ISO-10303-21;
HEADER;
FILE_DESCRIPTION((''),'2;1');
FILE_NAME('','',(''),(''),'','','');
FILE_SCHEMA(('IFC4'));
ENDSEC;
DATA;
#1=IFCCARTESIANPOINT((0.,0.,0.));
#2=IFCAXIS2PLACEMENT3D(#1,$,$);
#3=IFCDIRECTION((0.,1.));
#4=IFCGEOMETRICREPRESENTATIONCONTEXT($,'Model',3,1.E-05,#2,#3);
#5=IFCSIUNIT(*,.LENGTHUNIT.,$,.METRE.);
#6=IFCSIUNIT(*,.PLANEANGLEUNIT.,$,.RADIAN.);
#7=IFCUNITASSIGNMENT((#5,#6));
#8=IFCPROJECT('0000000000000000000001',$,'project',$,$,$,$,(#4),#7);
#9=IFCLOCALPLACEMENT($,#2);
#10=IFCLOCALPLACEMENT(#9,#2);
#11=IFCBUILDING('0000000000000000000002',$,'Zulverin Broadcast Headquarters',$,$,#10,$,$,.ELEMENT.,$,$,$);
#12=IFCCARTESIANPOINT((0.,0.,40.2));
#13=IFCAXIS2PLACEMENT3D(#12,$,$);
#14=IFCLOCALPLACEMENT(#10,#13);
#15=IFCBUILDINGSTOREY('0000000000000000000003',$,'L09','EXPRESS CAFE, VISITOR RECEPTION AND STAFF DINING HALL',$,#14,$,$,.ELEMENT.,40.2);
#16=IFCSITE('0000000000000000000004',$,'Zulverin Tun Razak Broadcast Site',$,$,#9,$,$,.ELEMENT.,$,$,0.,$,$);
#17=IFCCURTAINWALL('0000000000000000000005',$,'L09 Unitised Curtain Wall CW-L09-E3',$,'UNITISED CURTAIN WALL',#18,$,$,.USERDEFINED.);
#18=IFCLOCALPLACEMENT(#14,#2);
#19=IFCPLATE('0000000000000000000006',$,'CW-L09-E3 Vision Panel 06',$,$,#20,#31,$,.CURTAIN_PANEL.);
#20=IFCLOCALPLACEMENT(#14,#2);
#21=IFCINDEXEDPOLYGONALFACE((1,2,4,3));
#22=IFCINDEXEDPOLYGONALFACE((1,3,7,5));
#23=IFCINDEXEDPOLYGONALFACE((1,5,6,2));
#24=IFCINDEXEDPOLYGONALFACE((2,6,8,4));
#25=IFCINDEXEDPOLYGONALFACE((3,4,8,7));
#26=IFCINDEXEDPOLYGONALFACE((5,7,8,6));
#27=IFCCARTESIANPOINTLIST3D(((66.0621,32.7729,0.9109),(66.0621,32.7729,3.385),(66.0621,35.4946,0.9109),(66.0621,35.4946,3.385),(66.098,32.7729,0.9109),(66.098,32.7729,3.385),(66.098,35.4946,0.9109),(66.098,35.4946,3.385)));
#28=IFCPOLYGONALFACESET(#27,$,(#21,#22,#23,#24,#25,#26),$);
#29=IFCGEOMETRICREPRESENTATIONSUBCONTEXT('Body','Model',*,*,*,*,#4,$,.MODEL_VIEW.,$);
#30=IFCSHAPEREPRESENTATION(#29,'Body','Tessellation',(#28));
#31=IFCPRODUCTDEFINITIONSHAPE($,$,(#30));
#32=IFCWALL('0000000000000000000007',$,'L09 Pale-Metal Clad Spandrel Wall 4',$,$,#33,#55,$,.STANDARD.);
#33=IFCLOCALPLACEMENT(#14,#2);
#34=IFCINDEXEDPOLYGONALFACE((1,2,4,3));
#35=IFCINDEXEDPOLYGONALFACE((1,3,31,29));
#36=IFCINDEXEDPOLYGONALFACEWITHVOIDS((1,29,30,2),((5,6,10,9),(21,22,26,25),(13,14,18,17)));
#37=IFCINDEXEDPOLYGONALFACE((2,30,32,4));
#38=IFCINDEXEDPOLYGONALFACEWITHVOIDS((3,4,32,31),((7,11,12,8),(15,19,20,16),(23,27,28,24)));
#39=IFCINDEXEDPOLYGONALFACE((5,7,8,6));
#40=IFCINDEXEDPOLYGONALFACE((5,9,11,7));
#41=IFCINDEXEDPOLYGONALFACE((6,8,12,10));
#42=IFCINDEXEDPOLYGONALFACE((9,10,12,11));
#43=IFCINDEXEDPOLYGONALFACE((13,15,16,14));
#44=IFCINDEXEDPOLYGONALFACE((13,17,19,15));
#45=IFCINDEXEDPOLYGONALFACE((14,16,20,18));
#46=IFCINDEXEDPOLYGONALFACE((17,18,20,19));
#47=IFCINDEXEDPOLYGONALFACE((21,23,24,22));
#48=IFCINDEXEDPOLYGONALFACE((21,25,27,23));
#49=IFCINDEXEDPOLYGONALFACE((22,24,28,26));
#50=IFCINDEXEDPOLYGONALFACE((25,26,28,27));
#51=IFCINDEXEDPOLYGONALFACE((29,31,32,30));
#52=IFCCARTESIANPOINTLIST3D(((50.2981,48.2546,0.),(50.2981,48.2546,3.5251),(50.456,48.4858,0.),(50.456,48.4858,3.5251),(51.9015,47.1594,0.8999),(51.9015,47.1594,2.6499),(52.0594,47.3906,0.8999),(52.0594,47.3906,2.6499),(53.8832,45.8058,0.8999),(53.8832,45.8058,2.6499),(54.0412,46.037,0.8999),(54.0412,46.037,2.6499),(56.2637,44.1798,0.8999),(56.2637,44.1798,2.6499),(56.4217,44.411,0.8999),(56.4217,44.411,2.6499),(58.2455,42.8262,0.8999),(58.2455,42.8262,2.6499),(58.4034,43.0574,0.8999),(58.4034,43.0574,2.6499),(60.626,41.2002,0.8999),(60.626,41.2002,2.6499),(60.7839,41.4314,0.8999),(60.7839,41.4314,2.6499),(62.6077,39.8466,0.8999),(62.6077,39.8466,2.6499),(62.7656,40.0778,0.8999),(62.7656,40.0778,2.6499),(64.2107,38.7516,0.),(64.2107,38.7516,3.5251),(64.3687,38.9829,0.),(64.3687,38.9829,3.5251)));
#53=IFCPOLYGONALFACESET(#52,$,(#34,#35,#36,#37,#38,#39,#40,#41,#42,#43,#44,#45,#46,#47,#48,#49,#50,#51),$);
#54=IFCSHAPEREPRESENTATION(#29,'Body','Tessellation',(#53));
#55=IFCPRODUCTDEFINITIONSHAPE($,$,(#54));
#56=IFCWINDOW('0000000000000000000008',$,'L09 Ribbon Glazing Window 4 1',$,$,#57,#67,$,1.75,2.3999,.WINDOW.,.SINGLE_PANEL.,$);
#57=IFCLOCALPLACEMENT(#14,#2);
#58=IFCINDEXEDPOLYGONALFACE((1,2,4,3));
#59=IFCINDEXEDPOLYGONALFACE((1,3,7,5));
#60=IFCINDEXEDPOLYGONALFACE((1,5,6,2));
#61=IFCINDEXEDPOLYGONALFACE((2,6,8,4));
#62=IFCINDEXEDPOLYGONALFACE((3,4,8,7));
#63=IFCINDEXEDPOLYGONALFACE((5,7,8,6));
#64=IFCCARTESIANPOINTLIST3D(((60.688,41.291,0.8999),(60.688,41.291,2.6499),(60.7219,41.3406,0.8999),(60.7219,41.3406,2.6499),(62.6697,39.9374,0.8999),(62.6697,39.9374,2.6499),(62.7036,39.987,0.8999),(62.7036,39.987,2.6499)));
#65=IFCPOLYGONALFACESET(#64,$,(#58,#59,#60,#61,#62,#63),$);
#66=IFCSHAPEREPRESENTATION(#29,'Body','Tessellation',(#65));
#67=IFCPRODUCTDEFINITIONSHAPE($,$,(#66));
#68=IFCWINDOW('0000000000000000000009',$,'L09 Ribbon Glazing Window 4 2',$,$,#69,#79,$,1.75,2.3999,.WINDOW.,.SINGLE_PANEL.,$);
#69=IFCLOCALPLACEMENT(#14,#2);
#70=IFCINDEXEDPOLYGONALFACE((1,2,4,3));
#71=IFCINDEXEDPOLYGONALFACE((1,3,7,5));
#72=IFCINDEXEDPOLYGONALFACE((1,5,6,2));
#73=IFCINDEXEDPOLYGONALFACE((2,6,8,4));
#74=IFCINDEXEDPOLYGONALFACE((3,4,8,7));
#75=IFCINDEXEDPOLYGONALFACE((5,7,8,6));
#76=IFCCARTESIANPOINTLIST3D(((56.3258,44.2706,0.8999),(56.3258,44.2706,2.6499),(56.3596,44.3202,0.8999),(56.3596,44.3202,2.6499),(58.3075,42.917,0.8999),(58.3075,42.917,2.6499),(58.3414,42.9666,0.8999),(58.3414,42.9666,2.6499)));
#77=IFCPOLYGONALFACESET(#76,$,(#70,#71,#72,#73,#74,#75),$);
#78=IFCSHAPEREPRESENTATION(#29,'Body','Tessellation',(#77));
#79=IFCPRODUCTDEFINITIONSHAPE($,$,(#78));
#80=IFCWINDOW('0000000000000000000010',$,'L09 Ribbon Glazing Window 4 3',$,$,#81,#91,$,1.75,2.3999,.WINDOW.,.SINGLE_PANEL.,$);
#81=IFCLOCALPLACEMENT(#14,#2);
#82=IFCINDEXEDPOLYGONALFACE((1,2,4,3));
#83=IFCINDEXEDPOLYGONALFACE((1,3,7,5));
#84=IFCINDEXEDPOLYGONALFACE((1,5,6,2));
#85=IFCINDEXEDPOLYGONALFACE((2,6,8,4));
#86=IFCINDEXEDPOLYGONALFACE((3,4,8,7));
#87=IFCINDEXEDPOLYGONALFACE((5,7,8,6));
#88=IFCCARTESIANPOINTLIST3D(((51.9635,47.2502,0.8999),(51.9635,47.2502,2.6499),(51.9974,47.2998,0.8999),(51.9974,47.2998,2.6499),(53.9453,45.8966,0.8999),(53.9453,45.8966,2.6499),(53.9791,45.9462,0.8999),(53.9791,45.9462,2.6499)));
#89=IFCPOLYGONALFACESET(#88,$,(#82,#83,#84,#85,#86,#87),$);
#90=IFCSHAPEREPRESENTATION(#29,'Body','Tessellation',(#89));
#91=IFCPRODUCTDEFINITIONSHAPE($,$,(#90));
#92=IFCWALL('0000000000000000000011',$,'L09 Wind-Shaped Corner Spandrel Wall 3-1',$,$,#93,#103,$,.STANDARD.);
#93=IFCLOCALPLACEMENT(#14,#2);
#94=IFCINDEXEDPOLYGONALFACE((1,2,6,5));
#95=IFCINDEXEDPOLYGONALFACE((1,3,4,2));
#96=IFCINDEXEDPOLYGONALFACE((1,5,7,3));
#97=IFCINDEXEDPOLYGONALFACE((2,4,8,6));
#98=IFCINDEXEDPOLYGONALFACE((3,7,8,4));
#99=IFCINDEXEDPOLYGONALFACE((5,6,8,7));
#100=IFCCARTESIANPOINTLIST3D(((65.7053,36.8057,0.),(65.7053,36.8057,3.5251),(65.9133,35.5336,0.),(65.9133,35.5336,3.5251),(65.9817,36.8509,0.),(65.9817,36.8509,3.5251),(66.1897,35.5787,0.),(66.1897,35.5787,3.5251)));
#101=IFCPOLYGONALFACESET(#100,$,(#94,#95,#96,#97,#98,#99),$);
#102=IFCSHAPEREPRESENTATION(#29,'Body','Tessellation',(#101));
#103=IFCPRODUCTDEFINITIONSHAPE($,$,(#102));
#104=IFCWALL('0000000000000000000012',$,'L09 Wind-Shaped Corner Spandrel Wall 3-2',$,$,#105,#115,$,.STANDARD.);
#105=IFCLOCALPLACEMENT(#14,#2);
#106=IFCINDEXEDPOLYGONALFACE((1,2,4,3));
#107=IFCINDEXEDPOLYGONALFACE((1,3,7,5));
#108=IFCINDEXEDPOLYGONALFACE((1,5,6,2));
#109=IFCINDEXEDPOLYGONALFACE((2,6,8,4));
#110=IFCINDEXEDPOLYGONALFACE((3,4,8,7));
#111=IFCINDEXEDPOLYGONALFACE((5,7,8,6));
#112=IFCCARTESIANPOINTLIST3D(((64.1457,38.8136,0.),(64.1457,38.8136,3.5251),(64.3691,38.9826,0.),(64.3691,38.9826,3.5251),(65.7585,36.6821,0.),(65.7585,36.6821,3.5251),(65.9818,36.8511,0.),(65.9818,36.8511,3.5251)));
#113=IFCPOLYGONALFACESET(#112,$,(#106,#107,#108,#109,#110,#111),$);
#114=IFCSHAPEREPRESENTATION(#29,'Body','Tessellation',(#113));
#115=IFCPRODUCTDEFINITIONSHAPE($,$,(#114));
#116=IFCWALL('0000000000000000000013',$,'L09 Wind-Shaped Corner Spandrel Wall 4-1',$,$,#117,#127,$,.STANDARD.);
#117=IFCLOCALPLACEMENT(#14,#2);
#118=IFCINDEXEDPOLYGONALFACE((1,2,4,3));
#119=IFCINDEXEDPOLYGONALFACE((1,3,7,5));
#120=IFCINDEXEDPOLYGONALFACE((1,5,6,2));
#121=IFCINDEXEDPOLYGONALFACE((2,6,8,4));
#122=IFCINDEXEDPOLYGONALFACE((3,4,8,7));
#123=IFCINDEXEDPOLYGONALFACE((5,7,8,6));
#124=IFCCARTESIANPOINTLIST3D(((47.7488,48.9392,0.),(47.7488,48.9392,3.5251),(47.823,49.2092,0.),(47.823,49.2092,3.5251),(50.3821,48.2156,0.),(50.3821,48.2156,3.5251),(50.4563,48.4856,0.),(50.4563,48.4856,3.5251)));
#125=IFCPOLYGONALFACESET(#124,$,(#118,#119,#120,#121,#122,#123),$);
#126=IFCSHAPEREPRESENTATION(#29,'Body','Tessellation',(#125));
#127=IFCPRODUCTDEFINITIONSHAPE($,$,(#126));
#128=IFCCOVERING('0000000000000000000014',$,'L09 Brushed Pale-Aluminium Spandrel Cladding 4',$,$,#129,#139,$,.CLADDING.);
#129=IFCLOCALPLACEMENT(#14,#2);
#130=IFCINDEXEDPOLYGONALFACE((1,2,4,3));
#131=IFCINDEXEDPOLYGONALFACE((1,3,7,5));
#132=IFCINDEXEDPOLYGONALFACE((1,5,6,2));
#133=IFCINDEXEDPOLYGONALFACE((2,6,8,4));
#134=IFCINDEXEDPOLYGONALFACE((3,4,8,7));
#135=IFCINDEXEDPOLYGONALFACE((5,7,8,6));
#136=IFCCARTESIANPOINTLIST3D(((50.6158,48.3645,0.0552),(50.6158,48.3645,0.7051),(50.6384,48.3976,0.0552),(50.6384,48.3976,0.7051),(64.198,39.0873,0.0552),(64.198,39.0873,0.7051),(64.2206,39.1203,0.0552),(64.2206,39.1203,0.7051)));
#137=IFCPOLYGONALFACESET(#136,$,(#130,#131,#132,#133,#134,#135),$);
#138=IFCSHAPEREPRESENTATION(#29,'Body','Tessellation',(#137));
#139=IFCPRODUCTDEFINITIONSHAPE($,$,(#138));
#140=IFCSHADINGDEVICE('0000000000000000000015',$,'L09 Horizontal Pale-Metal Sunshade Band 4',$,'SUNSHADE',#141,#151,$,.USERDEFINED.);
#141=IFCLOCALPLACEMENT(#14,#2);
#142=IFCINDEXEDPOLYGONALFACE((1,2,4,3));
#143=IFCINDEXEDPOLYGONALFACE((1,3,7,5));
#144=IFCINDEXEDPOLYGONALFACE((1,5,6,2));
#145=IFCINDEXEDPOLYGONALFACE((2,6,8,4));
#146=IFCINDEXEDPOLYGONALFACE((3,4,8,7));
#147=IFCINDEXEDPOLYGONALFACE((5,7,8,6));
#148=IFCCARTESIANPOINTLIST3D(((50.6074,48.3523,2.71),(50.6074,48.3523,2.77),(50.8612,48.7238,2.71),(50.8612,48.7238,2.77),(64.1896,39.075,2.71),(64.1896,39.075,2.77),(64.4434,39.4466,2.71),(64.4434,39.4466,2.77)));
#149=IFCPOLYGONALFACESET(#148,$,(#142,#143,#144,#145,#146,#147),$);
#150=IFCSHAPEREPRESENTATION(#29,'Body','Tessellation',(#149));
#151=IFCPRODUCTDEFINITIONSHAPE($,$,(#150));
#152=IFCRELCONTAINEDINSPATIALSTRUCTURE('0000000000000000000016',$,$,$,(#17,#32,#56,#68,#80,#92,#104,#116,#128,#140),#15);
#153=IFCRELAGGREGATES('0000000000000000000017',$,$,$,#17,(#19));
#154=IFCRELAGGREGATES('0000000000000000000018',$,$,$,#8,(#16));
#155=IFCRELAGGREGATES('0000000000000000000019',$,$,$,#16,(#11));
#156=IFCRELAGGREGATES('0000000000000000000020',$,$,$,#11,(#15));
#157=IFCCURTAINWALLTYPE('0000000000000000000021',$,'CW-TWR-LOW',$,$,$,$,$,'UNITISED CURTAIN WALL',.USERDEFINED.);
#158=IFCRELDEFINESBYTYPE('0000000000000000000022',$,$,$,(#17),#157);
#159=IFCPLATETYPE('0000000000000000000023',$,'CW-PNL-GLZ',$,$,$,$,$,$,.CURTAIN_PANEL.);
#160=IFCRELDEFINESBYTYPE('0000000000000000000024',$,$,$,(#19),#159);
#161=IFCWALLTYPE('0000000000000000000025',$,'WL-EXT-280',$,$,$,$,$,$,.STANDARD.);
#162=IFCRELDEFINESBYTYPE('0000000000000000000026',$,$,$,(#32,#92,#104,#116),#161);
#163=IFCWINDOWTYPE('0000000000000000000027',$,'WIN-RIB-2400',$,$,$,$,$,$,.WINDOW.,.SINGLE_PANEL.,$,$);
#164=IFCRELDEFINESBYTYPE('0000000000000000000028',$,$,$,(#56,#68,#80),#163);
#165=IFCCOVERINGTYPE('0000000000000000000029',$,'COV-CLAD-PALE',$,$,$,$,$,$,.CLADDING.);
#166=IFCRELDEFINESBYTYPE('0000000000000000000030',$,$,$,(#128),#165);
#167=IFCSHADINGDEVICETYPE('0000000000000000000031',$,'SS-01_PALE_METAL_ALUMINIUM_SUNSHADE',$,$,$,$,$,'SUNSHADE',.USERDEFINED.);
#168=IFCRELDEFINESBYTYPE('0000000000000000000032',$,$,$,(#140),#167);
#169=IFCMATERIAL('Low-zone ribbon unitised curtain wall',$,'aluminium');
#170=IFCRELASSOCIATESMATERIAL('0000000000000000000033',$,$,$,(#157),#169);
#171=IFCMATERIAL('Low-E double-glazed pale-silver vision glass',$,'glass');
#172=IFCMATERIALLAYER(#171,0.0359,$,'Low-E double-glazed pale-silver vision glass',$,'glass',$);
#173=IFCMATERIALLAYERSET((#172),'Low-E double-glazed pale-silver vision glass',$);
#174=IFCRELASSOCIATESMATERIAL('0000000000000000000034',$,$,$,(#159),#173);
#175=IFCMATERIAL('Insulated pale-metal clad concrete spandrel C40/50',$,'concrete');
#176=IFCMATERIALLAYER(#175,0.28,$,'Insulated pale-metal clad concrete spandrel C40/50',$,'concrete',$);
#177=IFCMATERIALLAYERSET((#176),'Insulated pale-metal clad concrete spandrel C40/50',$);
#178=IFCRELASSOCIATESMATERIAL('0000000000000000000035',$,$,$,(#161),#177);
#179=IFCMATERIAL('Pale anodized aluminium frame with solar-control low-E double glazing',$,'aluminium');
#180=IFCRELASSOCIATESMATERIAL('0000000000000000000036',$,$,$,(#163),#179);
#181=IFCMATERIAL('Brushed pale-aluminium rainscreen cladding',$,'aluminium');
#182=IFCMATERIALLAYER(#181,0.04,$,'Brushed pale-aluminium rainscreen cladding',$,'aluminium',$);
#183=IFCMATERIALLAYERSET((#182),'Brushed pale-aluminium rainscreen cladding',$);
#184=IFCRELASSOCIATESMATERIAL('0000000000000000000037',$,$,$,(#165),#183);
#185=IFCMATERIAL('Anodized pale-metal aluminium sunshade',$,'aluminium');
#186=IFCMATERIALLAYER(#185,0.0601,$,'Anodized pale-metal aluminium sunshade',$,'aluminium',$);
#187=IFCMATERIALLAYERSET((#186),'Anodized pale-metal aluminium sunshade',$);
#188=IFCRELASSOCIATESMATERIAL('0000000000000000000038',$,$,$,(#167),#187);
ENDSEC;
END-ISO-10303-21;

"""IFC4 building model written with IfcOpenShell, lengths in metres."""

from ifc_helpers import new_model, si_unit, direction, frame, frame_2d, origin, origin_2d, place, context, subcontext, project, spatial, rectangle, extrude, material, layer, layer_set, type_object, element, fill, aggregate, save


model = new_model("IFC4")

# Units and contexts
model_context = context("Model", 3, precision=1e-05, world=origin(), true_north=direction((0.0, 1.0)))
body_context = subcontext(model_context, "Body", "Model", "MODEL_VIEW")
ifc_project = project(units=[si_unit("LENGTHUNIT", "METRE"), si_unit("PLANEANGLEUNIT", "RADIAN")], contexts=[model_context])

# Site, building, storey
site_placement = place(None, origin())
site = spatial("IfcSite", under=ifc_project, at=site_placement, Name="Zulverin Tun Razak Broadcast Site", CompositionType="ELEMENT", RefElevation=0.0)
building_placement = place(site_placement, origin())
building = spatial("IfcBuilding", under=site, at=building_placement, Name="Zulverin Broadcast Headquarters", CompositionType="ELEMENT")
storey_placement = place(building_placement, frame((0.0, 0.0, 40.2)))
storey = spatial("IfcBuildingStorey", under=building, at=storey_placement, Name="L09", Description="EXPRESS CAFE, VISITOR RECEPTION AND STAFF DINING HALL", CompositionType="ELEMENT", Elevation=40.2)

# Curtain wall, plate
ifc_material_1 = material(Name="Low-zone ribbon unitised curtain wall", Category="aluminium")
curtain_wall_type = type_object("IfcCurtainWallType", Name="CW-TWR-LOW", ElementType="UNITISED CURTAIN WALL", PredefinedType="USERDEFINED", material=ifc_material_1)
curtain_wall_placement = place(storey_placement, origin())
curtain_wall = element("IfcCurtainWall", 1, at=curtain_wall_placement, inside=storey, type_object=curtain_wall_type, Name="L09 Unitised Curtain Wall CW-L09-E3", ObjectType="UNITISED CURTAIN WALL", PredefinedType="USERDEFINED")
ifc_material_2 = material(Name="Low-E double-glazed pale-silver vision glass", Category="glass")
ifc_layer_1 = layer(ifc_material_2, 0.0359, Name="Low-E double-glazed pale-silver vision glass", Category="glass")
ifc_layer_set_1 = layer_set([ifc_layer_1], Name="Low-E double-glazed pale-silver vision glass")
plate_type = type_object("IfcPlateType", Name="CW-PNL-GLZ", PredefinedType="CURTAIN_PANEL", material=ifc_layer_set_1)
plate_placement = place(storey_placement, frame((66.0801, 34.1338, 0.9109), z_axis=(0.0, 0.0, 1.0), x_axis=(0.0, 1.0, 0.0)))
plate = element("IfcPlate", 2, at=plate_placement, type_object=plate_type, Name="CW-L09-E3 Vision Panel 06", PredefinedType="CURTAIN_PANEL", context=body_context, shape_type="SweptSolid", body=[
    extrude(rectangle(XDim=2.7217, YDim=0.0359, at=origin_2d()), origin(), (0.0, 0.0, 1.0), 2.4741),
])
aggregate(curtain_wall, [plate])

# Wall, openings, windows
ifc_material_3 = material(Name="Insulated pale-metal clad concrete spandrel C40/50", Category="concrete")
ifc_layer_2 = layer(ifc_material_3, 0.28, Name="Insulated pale-metal clad concrete spandrel C40/50", Category="concrete")
ifc_layer_set_2 = layer_set([ifc_layer_2], Name="Insulated pale-metal clad concrete spandrel C40/50")
wall_type = type_object("IfcWallType", Name="WL-EXT-280", PredefinedType="STANDARD", material=ifc_layer_set_2)
wall_1_placement = place(storey_placement, frame((64.2898, 38.8672, 0.0), z_axis=(0.0, 0.0, 1.0), x_axis=(-0.825756, 0.564028, 0.0)))
wall_1 = element("IfcWall", 3, at=wall_1_placement, inside=storey, type_object=wall_type, Name="L09 Pale-Metal Clad Spandrel Wall 4", PredefinedType="STANDARD", context=body_context, shape_type="SweptSolid", body=[
    extrude(rectangle(XDim=16.8484, YDim=0.28, at=frame_2d((8.4243, 0.0))), origin(), (0.0, 0.0, 1.0), 3.5251),
])
opening_1_placement = place(wall_1_placement, frame((1.9414, 0.0, 0.8999)))
opening_1 = element("IfcOpeningElement", 4, at=opening_1_placement, cuts=wall_1, PredefinedType="OPENING", context=body_context, shape_type="SweptSolid", body=[
    extrude(rectangle(XDim=2.3999, YDim=1.75, at=frame_2d((1.2, 0.875))), frame((0.0, 0.1499, 0.0), z_axis=(0.0, -1.0, 0.0), x_axis=(1.0, 0.0, 0.0)), (0.0, 0.0, 1.0), 0.3),
])
opening_2_placement = place(wall_1_placement, frame((7.2241, 0.0, 0.8999)))
opening_2 = element("IfcOpeningElement", 5, at=opening_2_placement, cuts=wall_1, PredefinedType="OPENING", context=body_context, shape_type="SweptSolid", body=[
    extrude(rectangle(XDim=2.3999, YDim=1.75, at=frame_2d((1.2, 0.875))), frame((0.0, 0.1499, 0.0), z_axis=(0.0, -1.0, 0.0), x_axis=(1.0, 0.0, 0.0)), (0.0, 0.0, 1.0), 0.3),
])
opening_3_placement = place(wall_1_placement, frame((12.5068, 0.0, 0.8999)))
opening_3 = element("IfcOpeningElement", 6, at=opening_3_placement, cuts=wall_1, PredefinedType="OPENING", context=body_context, shape_type="SweptSolid", body=[
    extrude(rectangle(XDim=2.3999, YDim=1.75, at=frame_2d((1.2, 0.875))), frame((0.0, 0.1499, 0.0), z_axis=(0.0, -1.0, 0.0), x_axis=(1.0, 0.0, 0.0)), (0.0, 0.0, 1.0), 0.3),
])
ifc_material_4 = material(Name="Pale anodized aluminium frame with solar-control low-E double glazing", Category="aluminium")
window_type = type_object("IfcWindowType", Name="WIN-RIB-2400", PartitioningType="SINGLE_PANEL", PredefinedType="WINDOW", material=ifc_material_4)
window_1_placement = place(opening_1_placement, origin())
window_1 = element("IfcWindow", 7, at=window_1_placement, inside=storey, type_object=window_type, Name="L09 Ribbon Glazing Window 4 1", OverallHeight=1.75, OverallWidth=2.3999, PartitioningType="SINGLE_PANEL", PredefinedType="WINDOW", context=body_context, shape_type="SweptSolid", body=[
    extrude(rectangle(XDim=2.3999, YDim=1.75, at=frame_2d((1.2, 0.875))), frame((0.0, 0.03, 0.0), z_axis=(0.0, -1.0, 0.0), x_axis=(1.0, 0.0, 0.0)), (0.0, 0.0, 1.0), 0.0601),
])
fill(opening_1, window_1)
window_2_placement = place(opening_2_placement, origin())
window_2 = element("IfcWindow", 8, at=window_2_placement, inside=storey, type_object=window_type, Name="L09 Ribbon Glazing Window 4 2", OverallHeight=1.75, OverallWidth=2.3999, PartitioningType="SINGLE_PANEL", PredefinedType="WINDOW", context=body_context, shape_type="SweptSolid", body=[
    extrude(rectangle(XDim=2.3999, YDim=1.75, at=frame_2d((1.2, 0.875))), frame((0.0, 0.03, 0.0), z_axis=(0.0, -1.0, 0.0), x_axis=(1.0, 0.0, 0.0)), (0.0, 0.0, 1.0), 0.0601),
])
fill(opening_2, window_2)
window_3_placement = place(opening_3_placement, origin())
window_3 = element("IfcWindow", 9, at=window_3_placement, inside=storey, type_object=window_type, Name="L09 Ribbon Glazing Window 4 3", OverallHeight=1.75, OverallWidth=2.3999, PartitioningType="SINGLE_PANEL", PredefinedType="WINDOW", context=body_context, shape_type="SweptSolid", body=[
    extrude(rectangle(XDim=2.3999, YDim=1.75, at=frame_2d((1.2, 0.875))), frame((0.0, 0.03, 0.0), z_axis=(0.0, -1.0, 0.0), x_axis=(1.0, 0.0, 0.0)), (0.0, 0.0, 1.0), 0.0601),
])
fill(opening_3, window_3)

# Walls
wall_2_placement = place(storey_placement, frame((66.0515, 35.5562, 0.0), z_axis=(0.0, 0.0, 1.0), x_axis=(-0.161358, 0.986896, 0.0)))
element("IfcWall", 10, at=wall_2_placement, inside=storey, type_object=wall_type, Name="L09 Wind-Shaped Corner Spandrel Wall 3-1", PredefinedType="STANDARD", context=body_context, shape_type="SweptSolid", body=[
    extrude(rectangle(XDim=1.2891, YDim=0.28, at=frame_2d((0.6445, 0.0))), origin(), (0.0, 0.0, 1.0), 3.5251),
])
wall_3_placement = place(storey_placement, frame((65.8701, 36.7666, 0.0), z_axis=(0.0, 0.0, 1.0), x_axis=(-0.60337, 0.797461, 0.0)))
element("IfcWall", 11, at=wall_3_placement, inside=storey, type_object=wall_type, Name="L09 Wind-Shaped Corner Spandrel Wall 3-2", PredefinedType="STANDARD", context=body_context, shape_type="SweptSolid", body=[
    extrude(rectangle(XDim=2.6729, YDim=0.28, at=frame_2d((1.3364, 0.0))), origin(), (0.0, 0.0, 1.0), 3.5251),
])
wall_4_placement = place(storey_placement, frame((50.4192, 48.3506, 0.0), z_axis=(0.0, 0.0, 1.0), x_axis=(-0.964255, 0.264978, 0.0)))
element("IfcWall", 12, at=wall_4_placement, inside=storey, type_object=wall_type, Name="L09 Wind-Shaped Corner Spandrel Wall 4-1", PredefinedType="STANDARD", context=body_context, shape_type="SweptSolid", body=[
    extrude(rectangle(XDim=2.731, YDim=0.28, at=frame_2d((1.3655, 0.0))), origin(), (0.0, 0.0, 1.0), 3.5251),
])

# Covering
ifc_material_5 = material(Name="Brushed pale-aluminium rainscreen cladding", Category="aluminium")
ifc_layer_3 = layer(ifc_material_5, 0.04, Name="Brushed pale-aluminium rainscreen cladding", Category="aluminium")
ifc_layer_set_3 = layer_set([ifc_layer_3], Name="Brushed pale-aluminium rainscreen cladding")
covering_type = type_object("IfcCoveringType", Name="COV-CLAD-PALE", PredefinedType="CLADDING", material=ifc_layer_set_3)
covering_placement = place(storey_placement, frame((57.4182, 43.7424, 0.0552), z_axis=(0.0, 0.0, 1.0), x_axis=(-0.825757, 0.564026, 0.0)))
element("IfcCovering", 13, at=covering_placement, inside=storey, type_object=covering_type, Name="L09 Brushed Pale-Aluminium Spandrel Cladding 4", PredefinedType="CLADDING", context=body_context, shape_type="SweptSolid", body=[
    extrude(rectangle(XDim=16.4482, YDim=0.04, at=origin_2d()), origin(), (0.0, 0.0, 1.0), 0.6499),
])

# Shading device
ifc_material_6 = material(Name="Anodized pale-metal aluminium sunshade", Category="aluminium")
ifc_layer_4 = layer(ifc_material_6, 0.0601, Name="Anodized pale-metal aluminium sunshade", Category="aluminium")
ifc_layer_set_4 = layer_set([ifc_layer_4], Name="Anodized pale-metal aluminium sunshade")
shading_device_type = type_object("IfcShadingDeviceType", Name="SS-01_PALE_METAL_ALUMINIUM_SUNSHADE", ElementType="SUNSHADE", PredefinedType="USERDEFINED", material=ifc_layer_set_4)
shading_device_placement = place(storey_placement, frame((57.5254, 43.8994, 2.71), z_axis=(0.0, 0.0, 1.0), x_axis=(-0.825757, 0.564026, 0.0)))
element("IfcShadingDevice", 14, at=shading_device_placement, inside=storey, type_object=shading_device_type, Name="L09 Horizontal Pale-Metal Sunshade Band 4", ObjectType="SUNSHADE", PredefinedType="USERDEFINED", context=body_context, shape_type="SweptSolid", body=[
    extrude(rectangle(XDim=16.4482, YDim=0.45, at=origin_2d()), origin(), (0.0, 0.0, 1.0), 0.0601),
])

save(model, "model.ifc")
